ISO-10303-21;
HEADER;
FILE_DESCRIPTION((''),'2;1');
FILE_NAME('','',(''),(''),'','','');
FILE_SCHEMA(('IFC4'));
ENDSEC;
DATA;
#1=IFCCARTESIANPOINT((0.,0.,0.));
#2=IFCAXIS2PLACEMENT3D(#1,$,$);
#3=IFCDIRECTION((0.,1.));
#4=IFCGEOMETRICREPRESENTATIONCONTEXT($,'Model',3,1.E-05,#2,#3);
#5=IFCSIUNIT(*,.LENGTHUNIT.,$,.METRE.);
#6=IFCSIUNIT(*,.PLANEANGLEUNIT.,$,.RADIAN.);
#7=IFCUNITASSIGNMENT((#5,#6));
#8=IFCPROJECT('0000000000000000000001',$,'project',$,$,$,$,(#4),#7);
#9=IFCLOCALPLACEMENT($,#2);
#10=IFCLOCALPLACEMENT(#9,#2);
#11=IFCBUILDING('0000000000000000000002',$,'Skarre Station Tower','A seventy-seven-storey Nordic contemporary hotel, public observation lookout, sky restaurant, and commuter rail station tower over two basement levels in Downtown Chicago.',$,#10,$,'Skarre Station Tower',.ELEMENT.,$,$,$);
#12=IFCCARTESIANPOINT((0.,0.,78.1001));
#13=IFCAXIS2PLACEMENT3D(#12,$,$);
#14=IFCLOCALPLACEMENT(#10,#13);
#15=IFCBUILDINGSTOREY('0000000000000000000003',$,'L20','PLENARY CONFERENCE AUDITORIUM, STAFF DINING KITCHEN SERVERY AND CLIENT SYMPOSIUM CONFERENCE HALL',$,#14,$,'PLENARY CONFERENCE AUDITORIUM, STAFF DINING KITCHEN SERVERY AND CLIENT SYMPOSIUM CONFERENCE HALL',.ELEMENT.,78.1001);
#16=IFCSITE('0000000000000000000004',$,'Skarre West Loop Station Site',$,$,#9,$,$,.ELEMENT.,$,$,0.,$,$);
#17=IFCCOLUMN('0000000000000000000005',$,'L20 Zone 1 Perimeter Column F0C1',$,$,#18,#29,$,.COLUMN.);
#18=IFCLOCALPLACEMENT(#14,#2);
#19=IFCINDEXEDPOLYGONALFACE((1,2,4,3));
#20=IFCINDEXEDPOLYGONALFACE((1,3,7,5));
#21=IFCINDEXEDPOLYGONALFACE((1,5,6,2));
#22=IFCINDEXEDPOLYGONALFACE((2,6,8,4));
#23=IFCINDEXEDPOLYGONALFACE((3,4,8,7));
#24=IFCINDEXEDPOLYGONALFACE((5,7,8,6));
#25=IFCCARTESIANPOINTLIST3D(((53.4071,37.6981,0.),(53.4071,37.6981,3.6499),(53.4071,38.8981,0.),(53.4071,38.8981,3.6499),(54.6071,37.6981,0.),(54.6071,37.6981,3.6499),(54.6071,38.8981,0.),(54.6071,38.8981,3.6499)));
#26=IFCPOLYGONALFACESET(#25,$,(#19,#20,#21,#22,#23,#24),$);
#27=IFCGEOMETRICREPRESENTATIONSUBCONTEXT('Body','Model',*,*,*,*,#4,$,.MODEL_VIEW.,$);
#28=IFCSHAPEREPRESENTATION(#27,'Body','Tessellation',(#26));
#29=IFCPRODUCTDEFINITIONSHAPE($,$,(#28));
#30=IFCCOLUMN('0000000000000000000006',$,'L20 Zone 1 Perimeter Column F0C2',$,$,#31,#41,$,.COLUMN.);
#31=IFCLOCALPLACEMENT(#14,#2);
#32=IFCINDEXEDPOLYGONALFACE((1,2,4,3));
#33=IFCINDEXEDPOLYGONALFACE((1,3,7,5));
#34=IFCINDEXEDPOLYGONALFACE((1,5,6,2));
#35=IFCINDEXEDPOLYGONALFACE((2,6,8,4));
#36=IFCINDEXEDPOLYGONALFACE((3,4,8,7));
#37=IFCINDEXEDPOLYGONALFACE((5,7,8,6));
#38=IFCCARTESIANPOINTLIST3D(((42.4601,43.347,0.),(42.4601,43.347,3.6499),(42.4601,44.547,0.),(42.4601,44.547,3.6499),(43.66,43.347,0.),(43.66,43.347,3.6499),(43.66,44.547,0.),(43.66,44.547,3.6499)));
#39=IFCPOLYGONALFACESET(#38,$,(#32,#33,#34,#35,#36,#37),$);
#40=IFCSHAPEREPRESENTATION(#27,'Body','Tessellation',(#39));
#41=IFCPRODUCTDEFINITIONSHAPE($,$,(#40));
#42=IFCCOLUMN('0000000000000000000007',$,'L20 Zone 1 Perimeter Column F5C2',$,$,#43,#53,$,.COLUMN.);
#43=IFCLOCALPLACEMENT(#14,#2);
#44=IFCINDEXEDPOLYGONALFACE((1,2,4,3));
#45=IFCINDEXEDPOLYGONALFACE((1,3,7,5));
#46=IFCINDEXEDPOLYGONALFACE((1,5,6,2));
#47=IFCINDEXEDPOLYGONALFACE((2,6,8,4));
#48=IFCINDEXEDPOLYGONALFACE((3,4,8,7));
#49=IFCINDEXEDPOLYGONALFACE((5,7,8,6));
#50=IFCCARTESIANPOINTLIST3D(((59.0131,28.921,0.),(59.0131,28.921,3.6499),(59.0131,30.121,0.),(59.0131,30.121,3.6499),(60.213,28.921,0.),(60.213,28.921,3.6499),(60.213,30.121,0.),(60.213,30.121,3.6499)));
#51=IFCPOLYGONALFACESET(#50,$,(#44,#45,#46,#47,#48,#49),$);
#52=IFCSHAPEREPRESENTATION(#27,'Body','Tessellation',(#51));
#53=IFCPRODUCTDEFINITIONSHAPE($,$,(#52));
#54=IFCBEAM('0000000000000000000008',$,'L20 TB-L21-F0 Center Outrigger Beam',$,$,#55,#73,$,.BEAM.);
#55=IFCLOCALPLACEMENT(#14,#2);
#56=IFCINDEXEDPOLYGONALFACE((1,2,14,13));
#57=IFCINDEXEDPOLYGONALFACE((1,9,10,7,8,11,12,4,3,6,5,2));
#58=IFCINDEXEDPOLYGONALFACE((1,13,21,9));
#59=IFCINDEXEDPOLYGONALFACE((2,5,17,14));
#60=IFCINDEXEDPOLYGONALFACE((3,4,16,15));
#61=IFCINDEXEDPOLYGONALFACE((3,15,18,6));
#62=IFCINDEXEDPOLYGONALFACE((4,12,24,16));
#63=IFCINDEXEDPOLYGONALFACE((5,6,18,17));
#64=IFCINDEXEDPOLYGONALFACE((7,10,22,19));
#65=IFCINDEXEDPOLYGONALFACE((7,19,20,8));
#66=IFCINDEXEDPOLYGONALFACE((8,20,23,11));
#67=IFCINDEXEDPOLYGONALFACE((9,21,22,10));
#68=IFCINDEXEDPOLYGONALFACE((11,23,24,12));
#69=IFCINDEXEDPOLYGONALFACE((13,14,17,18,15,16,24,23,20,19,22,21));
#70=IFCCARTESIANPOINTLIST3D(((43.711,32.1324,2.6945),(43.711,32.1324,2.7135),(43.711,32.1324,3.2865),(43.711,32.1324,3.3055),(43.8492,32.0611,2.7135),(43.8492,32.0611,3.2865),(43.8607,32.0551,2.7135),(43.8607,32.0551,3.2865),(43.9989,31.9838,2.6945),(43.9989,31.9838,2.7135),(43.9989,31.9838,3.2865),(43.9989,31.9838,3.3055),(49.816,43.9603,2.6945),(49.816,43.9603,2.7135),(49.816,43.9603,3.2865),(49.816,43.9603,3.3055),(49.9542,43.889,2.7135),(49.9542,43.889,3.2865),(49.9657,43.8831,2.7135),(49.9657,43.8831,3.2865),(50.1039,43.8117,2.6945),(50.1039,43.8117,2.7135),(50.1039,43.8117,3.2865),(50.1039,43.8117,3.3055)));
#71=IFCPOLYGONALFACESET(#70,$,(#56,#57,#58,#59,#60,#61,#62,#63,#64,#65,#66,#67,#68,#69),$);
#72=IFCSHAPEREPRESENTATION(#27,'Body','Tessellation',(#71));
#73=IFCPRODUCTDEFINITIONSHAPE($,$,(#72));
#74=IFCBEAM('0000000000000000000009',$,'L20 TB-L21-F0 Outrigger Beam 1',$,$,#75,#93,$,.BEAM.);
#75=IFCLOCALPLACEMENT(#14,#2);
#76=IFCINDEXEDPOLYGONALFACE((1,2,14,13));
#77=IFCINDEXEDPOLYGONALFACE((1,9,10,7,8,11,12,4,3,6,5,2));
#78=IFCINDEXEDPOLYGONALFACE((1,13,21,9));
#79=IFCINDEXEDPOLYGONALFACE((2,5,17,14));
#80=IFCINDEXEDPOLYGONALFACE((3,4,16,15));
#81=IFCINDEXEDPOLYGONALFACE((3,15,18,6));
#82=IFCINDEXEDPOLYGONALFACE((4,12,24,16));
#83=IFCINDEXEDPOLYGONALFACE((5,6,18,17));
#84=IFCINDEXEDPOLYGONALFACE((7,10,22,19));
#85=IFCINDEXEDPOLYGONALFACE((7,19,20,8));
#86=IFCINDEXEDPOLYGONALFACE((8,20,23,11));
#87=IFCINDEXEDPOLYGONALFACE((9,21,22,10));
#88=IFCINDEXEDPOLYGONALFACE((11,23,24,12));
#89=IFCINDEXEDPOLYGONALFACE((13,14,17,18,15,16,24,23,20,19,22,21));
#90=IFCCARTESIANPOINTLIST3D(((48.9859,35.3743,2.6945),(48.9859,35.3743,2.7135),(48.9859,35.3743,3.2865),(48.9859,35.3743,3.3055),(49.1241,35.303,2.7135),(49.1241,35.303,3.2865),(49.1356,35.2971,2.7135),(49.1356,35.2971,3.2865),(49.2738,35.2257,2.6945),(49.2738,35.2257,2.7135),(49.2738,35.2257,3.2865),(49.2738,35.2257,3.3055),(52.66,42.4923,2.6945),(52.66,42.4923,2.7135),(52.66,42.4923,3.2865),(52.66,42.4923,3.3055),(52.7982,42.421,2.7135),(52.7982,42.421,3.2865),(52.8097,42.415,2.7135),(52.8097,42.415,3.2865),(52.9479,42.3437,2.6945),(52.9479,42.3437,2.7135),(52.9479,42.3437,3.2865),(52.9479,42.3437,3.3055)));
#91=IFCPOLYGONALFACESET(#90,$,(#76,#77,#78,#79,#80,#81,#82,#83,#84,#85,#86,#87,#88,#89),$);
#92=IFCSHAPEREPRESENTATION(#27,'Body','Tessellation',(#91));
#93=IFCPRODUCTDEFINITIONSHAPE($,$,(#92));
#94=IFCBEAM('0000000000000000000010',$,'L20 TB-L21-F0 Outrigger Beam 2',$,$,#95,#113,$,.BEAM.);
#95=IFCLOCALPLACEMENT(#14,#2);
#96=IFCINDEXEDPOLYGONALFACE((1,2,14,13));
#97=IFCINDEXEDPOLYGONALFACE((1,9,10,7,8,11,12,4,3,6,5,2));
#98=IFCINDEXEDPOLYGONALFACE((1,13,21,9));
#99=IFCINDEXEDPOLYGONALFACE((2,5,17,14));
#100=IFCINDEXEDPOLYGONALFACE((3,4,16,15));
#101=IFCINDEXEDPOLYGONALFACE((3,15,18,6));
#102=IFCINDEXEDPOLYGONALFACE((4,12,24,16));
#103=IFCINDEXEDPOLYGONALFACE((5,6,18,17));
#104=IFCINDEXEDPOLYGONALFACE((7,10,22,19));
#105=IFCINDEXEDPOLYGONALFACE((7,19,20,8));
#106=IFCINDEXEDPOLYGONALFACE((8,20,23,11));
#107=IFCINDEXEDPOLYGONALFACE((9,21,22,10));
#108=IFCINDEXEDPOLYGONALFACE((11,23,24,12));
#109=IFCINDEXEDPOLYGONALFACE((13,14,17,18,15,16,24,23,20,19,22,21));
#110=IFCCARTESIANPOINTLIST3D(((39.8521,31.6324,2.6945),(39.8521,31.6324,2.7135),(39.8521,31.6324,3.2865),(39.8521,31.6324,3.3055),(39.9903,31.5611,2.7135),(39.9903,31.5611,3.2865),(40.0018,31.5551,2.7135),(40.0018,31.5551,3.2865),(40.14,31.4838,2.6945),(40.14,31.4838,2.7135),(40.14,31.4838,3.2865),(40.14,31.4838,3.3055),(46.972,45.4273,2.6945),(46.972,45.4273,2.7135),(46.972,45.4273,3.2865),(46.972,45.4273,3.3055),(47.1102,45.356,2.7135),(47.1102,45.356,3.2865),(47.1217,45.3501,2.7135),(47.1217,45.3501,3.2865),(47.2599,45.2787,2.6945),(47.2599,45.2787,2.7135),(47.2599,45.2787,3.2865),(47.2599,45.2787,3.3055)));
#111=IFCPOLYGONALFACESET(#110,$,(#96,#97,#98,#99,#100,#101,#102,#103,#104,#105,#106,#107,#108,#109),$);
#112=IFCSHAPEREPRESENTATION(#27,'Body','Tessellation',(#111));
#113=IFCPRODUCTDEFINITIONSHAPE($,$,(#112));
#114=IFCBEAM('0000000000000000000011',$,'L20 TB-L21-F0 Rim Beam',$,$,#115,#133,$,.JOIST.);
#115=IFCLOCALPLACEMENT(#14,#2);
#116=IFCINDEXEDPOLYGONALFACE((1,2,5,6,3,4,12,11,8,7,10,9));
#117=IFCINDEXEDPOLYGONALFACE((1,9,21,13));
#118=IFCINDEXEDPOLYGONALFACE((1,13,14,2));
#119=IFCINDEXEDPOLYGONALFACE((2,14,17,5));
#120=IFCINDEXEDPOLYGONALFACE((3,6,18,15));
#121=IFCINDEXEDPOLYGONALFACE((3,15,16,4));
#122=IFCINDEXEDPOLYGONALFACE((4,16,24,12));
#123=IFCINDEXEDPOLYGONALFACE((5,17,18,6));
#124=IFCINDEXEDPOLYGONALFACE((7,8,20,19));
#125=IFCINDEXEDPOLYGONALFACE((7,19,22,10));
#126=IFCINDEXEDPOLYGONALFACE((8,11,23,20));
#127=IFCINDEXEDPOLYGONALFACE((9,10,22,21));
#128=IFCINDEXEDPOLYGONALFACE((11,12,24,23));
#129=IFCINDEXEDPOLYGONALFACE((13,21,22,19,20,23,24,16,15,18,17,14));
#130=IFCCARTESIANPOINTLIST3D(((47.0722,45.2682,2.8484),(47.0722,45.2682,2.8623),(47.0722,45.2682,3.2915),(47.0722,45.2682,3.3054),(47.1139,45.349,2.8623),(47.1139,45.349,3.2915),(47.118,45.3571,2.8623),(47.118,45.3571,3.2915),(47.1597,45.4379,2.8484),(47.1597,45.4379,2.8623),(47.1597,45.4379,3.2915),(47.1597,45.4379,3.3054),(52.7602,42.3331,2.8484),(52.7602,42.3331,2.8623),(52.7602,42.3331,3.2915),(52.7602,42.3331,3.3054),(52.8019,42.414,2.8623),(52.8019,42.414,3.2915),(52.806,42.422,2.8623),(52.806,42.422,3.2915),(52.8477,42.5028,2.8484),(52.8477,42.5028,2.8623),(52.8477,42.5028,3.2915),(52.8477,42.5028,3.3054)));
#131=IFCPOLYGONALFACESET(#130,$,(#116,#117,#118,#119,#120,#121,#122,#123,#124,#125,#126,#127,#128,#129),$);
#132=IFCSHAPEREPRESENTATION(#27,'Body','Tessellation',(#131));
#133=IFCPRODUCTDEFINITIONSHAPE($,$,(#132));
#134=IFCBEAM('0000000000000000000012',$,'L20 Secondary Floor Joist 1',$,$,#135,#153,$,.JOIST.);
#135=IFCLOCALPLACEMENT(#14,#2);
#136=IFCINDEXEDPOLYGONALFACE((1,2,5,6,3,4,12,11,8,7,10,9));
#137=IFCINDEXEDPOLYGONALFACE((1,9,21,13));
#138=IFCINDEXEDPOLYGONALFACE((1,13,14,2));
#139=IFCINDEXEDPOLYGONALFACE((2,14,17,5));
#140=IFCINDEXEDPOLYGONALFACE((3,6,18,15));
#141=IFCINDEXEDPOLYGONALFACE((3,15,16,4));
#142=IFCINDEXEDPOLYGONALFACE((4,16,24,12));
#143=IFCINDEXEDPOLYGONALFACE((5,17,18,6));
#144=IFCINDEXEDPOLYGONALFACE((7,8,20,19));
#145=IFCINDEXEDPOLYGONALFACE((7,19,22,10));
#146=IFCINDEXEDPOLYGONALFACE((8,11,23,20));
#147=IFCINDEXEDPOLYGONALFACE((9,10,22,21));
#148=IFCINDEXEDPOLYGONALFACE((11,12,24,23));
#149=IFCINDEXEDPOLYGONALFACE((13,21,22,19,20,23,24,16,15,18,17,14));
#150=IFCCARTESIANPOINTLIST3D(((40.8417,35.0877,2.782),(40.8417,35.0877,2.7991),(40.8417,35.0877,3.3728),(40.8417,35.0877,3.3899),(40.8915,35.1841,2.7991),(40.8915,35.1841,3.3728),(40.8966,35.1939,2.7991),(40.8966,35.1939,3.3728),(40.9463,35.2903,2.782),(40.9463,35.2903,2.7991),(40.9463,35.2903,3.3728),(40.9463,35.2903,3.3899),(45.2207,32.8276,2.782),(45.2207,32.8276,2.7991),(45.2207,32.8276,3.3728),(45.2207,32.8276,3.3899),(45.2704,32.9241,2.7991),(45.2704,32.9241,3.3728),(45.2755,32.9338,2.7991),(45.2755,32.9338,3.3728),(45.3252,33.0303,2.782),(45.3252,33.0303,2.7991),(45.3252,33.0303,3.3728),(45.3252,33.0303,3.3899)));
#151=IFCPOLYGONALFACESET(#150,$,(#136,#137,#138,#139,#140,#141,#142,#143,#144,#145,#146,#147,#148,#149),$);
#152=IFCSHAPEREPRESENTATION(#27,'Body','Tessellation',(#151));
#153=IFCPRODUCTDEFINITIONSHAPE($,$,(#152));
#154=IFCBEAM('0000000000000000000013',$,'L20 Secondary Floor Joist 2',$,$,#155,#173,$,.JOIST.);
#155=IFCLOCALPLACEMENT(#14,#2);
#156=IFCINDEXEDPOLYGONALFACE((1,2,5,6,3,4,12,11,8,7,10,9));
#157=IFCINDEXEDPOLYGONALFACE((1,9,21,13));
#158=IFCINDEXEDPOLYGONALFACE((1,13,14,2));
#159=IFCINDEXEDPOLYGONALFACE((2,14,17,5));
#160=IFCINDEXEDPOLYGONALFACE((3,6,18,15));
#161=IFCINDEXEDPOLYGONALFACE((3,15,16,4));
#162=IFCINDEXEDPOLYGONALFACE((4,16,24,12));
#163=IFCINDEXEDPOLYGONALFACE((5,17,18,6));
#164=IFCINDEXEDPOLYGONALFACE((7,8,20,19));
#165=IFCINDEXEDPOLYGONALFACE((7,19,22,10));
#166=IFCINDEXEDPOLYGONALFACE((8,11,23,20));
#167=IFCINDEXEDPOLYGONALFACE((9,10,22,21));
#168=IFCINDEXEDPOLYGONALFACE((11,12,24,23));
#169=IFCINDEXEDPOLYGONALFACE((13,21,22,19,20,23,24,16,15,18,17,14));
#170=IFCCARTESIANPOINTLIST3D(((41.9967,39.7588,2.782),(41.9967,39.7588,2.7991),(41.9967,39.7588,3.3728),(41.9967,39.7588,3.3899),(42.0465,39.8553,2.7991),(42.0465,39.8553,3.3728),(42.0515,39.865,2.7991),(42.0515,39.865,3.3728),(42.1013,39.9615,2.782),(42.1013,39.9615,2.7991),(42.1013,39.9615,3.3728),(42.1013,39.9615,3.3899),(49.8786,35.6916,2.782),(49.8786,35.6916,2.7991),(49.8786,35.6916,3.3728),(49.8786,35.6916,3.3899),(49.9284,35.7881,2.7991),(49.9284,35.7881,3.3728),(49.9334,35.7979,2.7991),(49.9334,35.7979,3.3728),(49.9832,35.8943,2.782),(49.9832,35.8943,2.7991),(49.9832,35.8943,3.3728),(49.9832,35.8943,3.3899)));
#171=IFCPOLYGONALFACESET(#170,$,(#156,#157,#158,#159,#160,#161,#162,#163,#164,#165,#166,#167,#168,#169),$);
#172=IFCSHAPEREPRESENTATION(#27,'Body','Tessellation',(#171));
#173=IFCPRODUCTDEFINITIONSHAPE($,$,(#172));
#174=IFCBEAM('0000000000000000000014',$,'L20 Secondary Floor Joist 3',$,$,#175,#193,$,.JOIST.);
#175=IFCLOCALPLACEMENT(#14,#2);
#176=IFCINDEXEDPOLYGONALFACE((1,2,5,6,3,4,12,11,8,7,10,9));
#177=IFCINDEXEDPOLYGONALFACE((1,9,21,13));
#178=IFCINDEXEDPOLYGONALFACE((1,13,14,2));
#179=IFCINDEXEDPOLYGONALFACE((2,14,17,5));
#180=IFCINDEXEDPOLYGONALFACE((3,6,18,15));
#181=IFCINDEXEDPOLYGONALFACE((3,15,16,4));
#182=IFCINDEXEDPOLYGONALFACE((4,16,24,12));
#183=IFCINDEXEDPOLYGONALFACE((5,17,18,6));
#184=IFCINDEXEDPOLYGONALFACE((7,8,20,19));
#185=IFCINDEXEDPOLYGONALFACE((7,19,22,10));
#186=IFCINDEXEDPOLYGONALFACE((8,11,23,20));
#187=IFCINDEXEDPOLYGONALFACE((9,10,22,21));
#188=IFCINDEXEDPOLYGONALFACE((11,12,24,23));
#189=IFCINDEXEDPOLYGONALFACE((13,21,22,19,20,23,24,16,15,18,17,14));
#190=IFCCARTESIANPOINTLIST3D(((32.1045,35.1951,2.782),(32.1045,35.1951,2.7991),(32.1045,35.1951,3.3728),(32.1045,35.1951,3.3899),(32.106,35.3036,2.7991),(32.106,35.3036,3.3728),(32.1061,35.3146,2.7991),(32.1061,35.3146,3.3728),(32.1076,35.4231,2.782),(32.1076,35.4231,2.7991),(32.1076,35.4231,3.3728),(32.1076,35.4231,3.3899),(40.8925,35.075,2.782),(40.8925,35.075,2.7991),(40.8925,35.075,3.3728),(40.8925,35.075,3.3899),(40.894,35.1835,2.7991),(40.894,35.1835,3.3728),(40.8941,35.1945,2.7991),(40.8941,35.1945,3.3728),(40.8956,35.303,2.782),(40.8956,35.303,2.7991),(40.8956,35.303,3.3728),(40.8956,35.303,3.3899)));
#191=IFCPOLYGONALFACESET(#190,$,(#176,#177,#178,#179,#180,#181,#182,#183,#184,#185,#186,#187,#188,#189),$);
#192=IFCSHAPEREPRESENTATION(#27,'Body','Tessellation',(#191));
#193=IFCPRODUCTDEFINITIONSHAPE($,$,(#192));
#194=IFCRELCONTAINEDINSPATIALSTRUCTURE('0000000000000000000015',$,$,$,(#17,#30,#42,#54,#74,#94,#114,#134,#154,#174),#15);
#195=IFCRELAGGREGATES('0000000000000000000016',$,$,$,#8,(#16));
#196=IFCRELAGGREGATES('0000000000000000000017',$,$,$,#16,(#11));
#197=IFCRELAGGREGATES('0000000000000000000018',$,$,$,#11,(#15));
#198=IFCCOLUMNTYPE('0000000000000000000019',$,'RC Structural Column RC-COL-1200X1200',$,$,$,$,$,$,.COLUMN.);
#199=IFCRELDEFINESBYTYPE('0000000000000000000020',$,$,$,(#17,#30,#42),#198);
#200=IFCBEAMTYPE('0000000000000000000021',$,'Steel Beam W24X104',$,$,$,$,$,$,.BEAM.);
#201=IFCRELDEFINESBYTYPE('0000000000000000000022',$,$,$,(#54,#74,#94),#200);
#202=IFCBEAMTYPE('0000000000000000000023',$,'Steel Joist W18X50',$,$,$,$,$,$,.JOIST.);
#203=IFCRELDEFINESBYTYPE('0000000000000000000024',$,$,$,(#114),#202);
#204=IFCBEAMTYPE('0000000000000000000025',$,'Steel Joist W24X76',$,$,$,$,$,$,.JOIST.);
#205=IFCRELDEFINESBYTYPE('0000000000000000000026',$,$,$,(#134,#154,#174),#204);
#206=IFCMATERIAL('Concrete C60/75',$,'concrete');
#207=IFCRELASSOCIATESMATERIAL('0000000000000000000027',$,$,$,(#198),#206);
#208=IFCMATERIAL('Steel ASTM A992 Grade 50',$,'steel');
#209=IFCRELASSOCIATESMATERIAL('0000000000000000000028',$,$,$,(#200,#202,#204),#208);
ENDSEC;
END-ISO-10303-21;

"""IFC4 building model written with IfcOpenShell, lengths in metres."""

from ifc_helpers import new_model, si_unit, direction, frame, origin, origin_2d, place, context, subcontext, project, spatial, rectangle, i_section, extrude, material, material_profile, profile_set, type_object, element, save


model = new_model("IFC4")

# Units and contexts
model_context = context("Model", 3, precision=1e-05, world=origin(), true_north=direction((0.0, 1.0)))
body_context = subcontext(model_context, "Body", "Model", "MODEL_VIEW")
ifc_project = project(units=[si_unit("LENGTHUNIT", "METRE"), si_unit("PLANEANGLEUNIT", "RADIAN")], contexts=[model_context])

# Site, building, storey
site_placement = place(None, origin())
site = spatial("IfcSite", under=ifc_project, at=site_placement, Name="Skarre West Loop Station Site", CompositionType="ELEMENT", RefElevation=0.0)
building_placement = place(site_placement, origin())
building = spatial("IfcBuilding", under=site, at=building_placement, Name="Skarre Station Tower", Description="A seventy-seven-storey Nordic contemporary hotel, public observation lookout, sky restaurant, and commuter rail station tower over two basement levels in Downtown Chicago.", LongName="Skarre Station Tower", CompositionType="ELEMENT")
storey_placement = place(building_placement, frame((0.0, 0.0, 78.1001)))
storey = spatial("IfcBuildingStorey", under=building, at=storey_placement, Name="L20", Description="PLENARY CONFERENCE AUDITORIUM, STAFF DINING KITCHEN SERVERY AND CLIENT SYMPOSIUM CONFERENCE HALL", LongName="PLENARY CONFERENCE AUDITORIUM, STAFF DINING KITCHEN SERVERY AND CLIENT SYMPOSIUM CONFERENCE HALL", CompositionType="ELEMENT", Elevation=78.1001)

# Columns
ifc_material_1 = material(Name="Concrete C60/75", Category="concrete")
ifc_material_profile_1 = material_profile(ifc_material_1, rectangle(XDim=1.2, YDim=1.2, at=origin_2d()), Name="Concrete C60/75")
ifc_profile_set_1 = profile_set([ifc_material_profile_1], Name="Concrete C60/75")
column_type = type_object("IfcColumnType", Name="RC Structural Column RC-COL-1200X1200", PredefinedType="COLUMN", material=ifc_profile_set_1)
for number, where, z_axis, x_axis, name in (
    (1, (54.0071, 38.2981, 0.0), (0.0, 0.0, 1.0), (1.0, 0.0, 0.0), "L20 Zone 1 Perimeter Column F0C1"),
    (2, (43.0601, 43.947, 0.0), (0.0, 0.0, 1.0), (1.0, 0.0, 0.0), "L20 Zone 1 Perimeter Column F0C2"),
    (3, (59.613, 29.521, 0.0), (0.0, 0.0, 1.0), (1.0, 0.0, 0.0), "L20 Zone 1 Perimeter Column F5C2"),
):
    element("IfcColumn", number, at=place(storey_placement, frame(where, z_axis=z_axis, x_axis=x_axis)), inside=storey, type_object=column_type, Name=name, PredefinedType="COLUMN", context=body_context, shape_type="SweptSolid", body=[
        extrude(rectangle(XDim=1.2, YDim=1.2, at=origin_2d()), origin(), (0.0, 0.0, 1.0), 3.6499),
    ])

# Beams
ifc_material_2 = material(Name="Steel ASTM A992 Grade 50", Category="steel")
ifc_material_profile_2 = material_profile(ifc_material_2, i_section(OverallWidth=0.324, OverallDepth=0.6111, WebThickness=0.0129, FlangeThickness=0.019, at=origin_2d()), Name="Steel ASTM A992 Grade 50")
ifc_profile_set_2 = profile_set([ifc_material_profile_2], Name="Steel ASTM A992 Grade 50")
beam_type_1 = type_object("IfcBeamType", Name="Steel Beam W24X104", PredefinedType="BEAM", material=ifc_profile_set_2)
beam_1_placement = place(storey_placement, frame((43.855, 32.0581, 3.0), z_axis=(0.458659, 0.888612, 0.0), x_axis=(-0.888612, 0.458659, 0.0)))
element("IfcBeam", 4, at=beam_1_placement, inside=storey, type_object=beam_type_1, Name="L20 TB-L21-F0 Center Outrigger Beam", PredefinedType="BEAM", context=body_context, shape_type="SweptSolid", body=[
    extrude(i_section(OverallWidth=0.324, OverallDepth=0.6111, WebThickness=0.0129, FlangeThickness=0.019, at=origin_2d()), origin(), (0.0, 0.0, 1.0), 13.3105),
])
beam_2_placement = place(storey_placement, frame((49.1299, 35.3, 3.0), z_axis=(0.458673, 0.888605, 0.0), x_axis=(-0.888605, 0.458673, 0.0)))
element("IfcBeam", 5, at=beam_2_placement, inside=storey, type_object=beam_type_1, Name="L20 TB-L21-F0 Outrigger Beam 1", PredefinedType="BEAM", context=body_context, shape_type="SweptSolid", body=[
    extrude(i_section(OverallWidth=0.324, OverallDepth=0.6111, WebThickness=0.0129, FlangeThickness=0.019, at=origin_2d()), origin(), (0.0, 0.0, 1.0), 8.0103),
])
beam_3_placement = place(storey_placement, frame((39.9961, 31.5581, 3.0), z_axis=(0.458639, 0.888623, 0.0), x_axis=(-0.888623, 0.458639, 0.0)))
element("IfcBeam", 6, at=beam_3_placement, inside=storey, type_object=beam_type_1, Name="L20 TB-L21-F0 Outrigger Beam 2", PredefinedType="BEAM", context=body_context, shape_type="SweptSolid", body=[
    extrude(i_section(OverallWidth=0.324, OverallDepth=0.6111, WebThickness=0.0129, FlangeThickness=0.019, at=origin_2d()), origin(), (0.0, 0.0, 1.0), 15.5239),
])
ifc_material_profile_3 = material_profile(ifc_material_2, i_section(OverallWidth=0.1909, OverallDepth=0.457, WebThickness=0.009, FlangeThickness=0.0139, at=origin_2d()), Name="Steel ASTM A992 Grade 50")
ifc_profile_set_3 = profile_set([ifc_material_profile_3], Name="Steel ASTM A992 Grade 50")
beam_type_2 = type_object("IfcBeamType", Name="Steel Joist W18X50", PredefinedType="JOIST", material=ifc_profile_set_3)
beam_4_placement = place(storey_placement, frame((52.804, 42.418, 3.0769), z_axis=(-0.888664, 0.458559, 0.0), x_axis=(-0.458559, -0.888664, 0.0)))
element("IfcBeam", 7, at=beam_4_placement, inside=storey, type_object=beam_type_2, Name="L20 TB-L21-F0 Rim Beam", PredefinedType="JOIST", context=body_context, shape_type="SweptSolid", body=[
    extrude(i_section(OverallWidth=0.1909, OverallDepth=0.457, WebThickness=0.009, FlangeThickness=0.0139, at=origin_2d()), origin(), (0.0, 0.0, 1.0), 6.4006),
])
ifc_material_profile_4 = material_profile(ifc_material_2, i_section(OverallWidth=0.228, OverallDepth=0.6079, WebThickness=0.011, FlangeThickness=0.0171, at=origin_2d()), Name="Steel ASTM A992 Grade 50")
ifc_profile_set_4 = profile_set([ifc_material_profile_4], Name="Steel ASTM A992 Grade 50")
beam_type_3 = type_object("IfcBeamType", Name="Steel Joist W24X76", PredefinedType="JOIST", material=ifc_profile_set_4)
beam_5_placement = place(storey_placement, frame((45.2729, 32.929, 3.0859), z_axis=(-0.888627, 0.458632, 0.0), x_axis=(-0.458632, -0.888627, 0.0)))
element("IfcBeam", 8, at=beam_5_placement, inside=storey, type_object=beam_type_3, Name="L20 Secondary Floor Joist 1", PredefinedType="JOIST", context=body_context, shape_type="SweptSolid", body=[
    extrude(i_section(OverallWidth=0.228, OverallDepth=0.6079, WebThickness=0.011, FlangeThickness=0.0171, at=origin_2d()), origin(), (0.0, 0.0, 1.0), 4.9277),
])
beam_6_placement = place(storey_placement, frame((49.9309, 35.793, 3.0859), z_axis=(-0.888662, 0.458562, 0.0), x_axis=(-0.458562, -0.888662, 0.0)))
element("IfcBeam", 9, at=beam_6_placement, inside=storey, type_object=beam_type_3, Name="L20 Secondary Floor Joist 2", PredefinedType="JOIST", context=body_context, shape_type="SweptSolid", body=[
    extrude(i_section(OverallWidth=0.228, OverallDepth=0.6079, WebThickness=0.011, FlangeThickness=0.0171, at=origin_2d()), origin(), (0.0, 0.0, 1.0), 8.8694),
])
beam_7_placement = place(storey_placement, frame((40.894, 35.189, 3.0859), z_axis=(-0.999907, 0.013667, 0.0), x_axis=(-0.013667, -0.999907, 0.0)))
element("IfcBeam", 10, at=beam_7_placement, inside=storey, type_object=beam_type_3, Name="L20 Secondary Floor Joist 3", PredefinedType="JOIST", context=body_context, shape_type="SweptSolid", body=[
    extrude(i_section(OverallWidth=0.228, OverallDepth=0.6079, WebThickness=0.011, FlangeThickness=0.0171, at=origin_2d()), origin(), (0.0, 0.0, 1.0), 8.7888),
])

save(model, "model.ifc")
